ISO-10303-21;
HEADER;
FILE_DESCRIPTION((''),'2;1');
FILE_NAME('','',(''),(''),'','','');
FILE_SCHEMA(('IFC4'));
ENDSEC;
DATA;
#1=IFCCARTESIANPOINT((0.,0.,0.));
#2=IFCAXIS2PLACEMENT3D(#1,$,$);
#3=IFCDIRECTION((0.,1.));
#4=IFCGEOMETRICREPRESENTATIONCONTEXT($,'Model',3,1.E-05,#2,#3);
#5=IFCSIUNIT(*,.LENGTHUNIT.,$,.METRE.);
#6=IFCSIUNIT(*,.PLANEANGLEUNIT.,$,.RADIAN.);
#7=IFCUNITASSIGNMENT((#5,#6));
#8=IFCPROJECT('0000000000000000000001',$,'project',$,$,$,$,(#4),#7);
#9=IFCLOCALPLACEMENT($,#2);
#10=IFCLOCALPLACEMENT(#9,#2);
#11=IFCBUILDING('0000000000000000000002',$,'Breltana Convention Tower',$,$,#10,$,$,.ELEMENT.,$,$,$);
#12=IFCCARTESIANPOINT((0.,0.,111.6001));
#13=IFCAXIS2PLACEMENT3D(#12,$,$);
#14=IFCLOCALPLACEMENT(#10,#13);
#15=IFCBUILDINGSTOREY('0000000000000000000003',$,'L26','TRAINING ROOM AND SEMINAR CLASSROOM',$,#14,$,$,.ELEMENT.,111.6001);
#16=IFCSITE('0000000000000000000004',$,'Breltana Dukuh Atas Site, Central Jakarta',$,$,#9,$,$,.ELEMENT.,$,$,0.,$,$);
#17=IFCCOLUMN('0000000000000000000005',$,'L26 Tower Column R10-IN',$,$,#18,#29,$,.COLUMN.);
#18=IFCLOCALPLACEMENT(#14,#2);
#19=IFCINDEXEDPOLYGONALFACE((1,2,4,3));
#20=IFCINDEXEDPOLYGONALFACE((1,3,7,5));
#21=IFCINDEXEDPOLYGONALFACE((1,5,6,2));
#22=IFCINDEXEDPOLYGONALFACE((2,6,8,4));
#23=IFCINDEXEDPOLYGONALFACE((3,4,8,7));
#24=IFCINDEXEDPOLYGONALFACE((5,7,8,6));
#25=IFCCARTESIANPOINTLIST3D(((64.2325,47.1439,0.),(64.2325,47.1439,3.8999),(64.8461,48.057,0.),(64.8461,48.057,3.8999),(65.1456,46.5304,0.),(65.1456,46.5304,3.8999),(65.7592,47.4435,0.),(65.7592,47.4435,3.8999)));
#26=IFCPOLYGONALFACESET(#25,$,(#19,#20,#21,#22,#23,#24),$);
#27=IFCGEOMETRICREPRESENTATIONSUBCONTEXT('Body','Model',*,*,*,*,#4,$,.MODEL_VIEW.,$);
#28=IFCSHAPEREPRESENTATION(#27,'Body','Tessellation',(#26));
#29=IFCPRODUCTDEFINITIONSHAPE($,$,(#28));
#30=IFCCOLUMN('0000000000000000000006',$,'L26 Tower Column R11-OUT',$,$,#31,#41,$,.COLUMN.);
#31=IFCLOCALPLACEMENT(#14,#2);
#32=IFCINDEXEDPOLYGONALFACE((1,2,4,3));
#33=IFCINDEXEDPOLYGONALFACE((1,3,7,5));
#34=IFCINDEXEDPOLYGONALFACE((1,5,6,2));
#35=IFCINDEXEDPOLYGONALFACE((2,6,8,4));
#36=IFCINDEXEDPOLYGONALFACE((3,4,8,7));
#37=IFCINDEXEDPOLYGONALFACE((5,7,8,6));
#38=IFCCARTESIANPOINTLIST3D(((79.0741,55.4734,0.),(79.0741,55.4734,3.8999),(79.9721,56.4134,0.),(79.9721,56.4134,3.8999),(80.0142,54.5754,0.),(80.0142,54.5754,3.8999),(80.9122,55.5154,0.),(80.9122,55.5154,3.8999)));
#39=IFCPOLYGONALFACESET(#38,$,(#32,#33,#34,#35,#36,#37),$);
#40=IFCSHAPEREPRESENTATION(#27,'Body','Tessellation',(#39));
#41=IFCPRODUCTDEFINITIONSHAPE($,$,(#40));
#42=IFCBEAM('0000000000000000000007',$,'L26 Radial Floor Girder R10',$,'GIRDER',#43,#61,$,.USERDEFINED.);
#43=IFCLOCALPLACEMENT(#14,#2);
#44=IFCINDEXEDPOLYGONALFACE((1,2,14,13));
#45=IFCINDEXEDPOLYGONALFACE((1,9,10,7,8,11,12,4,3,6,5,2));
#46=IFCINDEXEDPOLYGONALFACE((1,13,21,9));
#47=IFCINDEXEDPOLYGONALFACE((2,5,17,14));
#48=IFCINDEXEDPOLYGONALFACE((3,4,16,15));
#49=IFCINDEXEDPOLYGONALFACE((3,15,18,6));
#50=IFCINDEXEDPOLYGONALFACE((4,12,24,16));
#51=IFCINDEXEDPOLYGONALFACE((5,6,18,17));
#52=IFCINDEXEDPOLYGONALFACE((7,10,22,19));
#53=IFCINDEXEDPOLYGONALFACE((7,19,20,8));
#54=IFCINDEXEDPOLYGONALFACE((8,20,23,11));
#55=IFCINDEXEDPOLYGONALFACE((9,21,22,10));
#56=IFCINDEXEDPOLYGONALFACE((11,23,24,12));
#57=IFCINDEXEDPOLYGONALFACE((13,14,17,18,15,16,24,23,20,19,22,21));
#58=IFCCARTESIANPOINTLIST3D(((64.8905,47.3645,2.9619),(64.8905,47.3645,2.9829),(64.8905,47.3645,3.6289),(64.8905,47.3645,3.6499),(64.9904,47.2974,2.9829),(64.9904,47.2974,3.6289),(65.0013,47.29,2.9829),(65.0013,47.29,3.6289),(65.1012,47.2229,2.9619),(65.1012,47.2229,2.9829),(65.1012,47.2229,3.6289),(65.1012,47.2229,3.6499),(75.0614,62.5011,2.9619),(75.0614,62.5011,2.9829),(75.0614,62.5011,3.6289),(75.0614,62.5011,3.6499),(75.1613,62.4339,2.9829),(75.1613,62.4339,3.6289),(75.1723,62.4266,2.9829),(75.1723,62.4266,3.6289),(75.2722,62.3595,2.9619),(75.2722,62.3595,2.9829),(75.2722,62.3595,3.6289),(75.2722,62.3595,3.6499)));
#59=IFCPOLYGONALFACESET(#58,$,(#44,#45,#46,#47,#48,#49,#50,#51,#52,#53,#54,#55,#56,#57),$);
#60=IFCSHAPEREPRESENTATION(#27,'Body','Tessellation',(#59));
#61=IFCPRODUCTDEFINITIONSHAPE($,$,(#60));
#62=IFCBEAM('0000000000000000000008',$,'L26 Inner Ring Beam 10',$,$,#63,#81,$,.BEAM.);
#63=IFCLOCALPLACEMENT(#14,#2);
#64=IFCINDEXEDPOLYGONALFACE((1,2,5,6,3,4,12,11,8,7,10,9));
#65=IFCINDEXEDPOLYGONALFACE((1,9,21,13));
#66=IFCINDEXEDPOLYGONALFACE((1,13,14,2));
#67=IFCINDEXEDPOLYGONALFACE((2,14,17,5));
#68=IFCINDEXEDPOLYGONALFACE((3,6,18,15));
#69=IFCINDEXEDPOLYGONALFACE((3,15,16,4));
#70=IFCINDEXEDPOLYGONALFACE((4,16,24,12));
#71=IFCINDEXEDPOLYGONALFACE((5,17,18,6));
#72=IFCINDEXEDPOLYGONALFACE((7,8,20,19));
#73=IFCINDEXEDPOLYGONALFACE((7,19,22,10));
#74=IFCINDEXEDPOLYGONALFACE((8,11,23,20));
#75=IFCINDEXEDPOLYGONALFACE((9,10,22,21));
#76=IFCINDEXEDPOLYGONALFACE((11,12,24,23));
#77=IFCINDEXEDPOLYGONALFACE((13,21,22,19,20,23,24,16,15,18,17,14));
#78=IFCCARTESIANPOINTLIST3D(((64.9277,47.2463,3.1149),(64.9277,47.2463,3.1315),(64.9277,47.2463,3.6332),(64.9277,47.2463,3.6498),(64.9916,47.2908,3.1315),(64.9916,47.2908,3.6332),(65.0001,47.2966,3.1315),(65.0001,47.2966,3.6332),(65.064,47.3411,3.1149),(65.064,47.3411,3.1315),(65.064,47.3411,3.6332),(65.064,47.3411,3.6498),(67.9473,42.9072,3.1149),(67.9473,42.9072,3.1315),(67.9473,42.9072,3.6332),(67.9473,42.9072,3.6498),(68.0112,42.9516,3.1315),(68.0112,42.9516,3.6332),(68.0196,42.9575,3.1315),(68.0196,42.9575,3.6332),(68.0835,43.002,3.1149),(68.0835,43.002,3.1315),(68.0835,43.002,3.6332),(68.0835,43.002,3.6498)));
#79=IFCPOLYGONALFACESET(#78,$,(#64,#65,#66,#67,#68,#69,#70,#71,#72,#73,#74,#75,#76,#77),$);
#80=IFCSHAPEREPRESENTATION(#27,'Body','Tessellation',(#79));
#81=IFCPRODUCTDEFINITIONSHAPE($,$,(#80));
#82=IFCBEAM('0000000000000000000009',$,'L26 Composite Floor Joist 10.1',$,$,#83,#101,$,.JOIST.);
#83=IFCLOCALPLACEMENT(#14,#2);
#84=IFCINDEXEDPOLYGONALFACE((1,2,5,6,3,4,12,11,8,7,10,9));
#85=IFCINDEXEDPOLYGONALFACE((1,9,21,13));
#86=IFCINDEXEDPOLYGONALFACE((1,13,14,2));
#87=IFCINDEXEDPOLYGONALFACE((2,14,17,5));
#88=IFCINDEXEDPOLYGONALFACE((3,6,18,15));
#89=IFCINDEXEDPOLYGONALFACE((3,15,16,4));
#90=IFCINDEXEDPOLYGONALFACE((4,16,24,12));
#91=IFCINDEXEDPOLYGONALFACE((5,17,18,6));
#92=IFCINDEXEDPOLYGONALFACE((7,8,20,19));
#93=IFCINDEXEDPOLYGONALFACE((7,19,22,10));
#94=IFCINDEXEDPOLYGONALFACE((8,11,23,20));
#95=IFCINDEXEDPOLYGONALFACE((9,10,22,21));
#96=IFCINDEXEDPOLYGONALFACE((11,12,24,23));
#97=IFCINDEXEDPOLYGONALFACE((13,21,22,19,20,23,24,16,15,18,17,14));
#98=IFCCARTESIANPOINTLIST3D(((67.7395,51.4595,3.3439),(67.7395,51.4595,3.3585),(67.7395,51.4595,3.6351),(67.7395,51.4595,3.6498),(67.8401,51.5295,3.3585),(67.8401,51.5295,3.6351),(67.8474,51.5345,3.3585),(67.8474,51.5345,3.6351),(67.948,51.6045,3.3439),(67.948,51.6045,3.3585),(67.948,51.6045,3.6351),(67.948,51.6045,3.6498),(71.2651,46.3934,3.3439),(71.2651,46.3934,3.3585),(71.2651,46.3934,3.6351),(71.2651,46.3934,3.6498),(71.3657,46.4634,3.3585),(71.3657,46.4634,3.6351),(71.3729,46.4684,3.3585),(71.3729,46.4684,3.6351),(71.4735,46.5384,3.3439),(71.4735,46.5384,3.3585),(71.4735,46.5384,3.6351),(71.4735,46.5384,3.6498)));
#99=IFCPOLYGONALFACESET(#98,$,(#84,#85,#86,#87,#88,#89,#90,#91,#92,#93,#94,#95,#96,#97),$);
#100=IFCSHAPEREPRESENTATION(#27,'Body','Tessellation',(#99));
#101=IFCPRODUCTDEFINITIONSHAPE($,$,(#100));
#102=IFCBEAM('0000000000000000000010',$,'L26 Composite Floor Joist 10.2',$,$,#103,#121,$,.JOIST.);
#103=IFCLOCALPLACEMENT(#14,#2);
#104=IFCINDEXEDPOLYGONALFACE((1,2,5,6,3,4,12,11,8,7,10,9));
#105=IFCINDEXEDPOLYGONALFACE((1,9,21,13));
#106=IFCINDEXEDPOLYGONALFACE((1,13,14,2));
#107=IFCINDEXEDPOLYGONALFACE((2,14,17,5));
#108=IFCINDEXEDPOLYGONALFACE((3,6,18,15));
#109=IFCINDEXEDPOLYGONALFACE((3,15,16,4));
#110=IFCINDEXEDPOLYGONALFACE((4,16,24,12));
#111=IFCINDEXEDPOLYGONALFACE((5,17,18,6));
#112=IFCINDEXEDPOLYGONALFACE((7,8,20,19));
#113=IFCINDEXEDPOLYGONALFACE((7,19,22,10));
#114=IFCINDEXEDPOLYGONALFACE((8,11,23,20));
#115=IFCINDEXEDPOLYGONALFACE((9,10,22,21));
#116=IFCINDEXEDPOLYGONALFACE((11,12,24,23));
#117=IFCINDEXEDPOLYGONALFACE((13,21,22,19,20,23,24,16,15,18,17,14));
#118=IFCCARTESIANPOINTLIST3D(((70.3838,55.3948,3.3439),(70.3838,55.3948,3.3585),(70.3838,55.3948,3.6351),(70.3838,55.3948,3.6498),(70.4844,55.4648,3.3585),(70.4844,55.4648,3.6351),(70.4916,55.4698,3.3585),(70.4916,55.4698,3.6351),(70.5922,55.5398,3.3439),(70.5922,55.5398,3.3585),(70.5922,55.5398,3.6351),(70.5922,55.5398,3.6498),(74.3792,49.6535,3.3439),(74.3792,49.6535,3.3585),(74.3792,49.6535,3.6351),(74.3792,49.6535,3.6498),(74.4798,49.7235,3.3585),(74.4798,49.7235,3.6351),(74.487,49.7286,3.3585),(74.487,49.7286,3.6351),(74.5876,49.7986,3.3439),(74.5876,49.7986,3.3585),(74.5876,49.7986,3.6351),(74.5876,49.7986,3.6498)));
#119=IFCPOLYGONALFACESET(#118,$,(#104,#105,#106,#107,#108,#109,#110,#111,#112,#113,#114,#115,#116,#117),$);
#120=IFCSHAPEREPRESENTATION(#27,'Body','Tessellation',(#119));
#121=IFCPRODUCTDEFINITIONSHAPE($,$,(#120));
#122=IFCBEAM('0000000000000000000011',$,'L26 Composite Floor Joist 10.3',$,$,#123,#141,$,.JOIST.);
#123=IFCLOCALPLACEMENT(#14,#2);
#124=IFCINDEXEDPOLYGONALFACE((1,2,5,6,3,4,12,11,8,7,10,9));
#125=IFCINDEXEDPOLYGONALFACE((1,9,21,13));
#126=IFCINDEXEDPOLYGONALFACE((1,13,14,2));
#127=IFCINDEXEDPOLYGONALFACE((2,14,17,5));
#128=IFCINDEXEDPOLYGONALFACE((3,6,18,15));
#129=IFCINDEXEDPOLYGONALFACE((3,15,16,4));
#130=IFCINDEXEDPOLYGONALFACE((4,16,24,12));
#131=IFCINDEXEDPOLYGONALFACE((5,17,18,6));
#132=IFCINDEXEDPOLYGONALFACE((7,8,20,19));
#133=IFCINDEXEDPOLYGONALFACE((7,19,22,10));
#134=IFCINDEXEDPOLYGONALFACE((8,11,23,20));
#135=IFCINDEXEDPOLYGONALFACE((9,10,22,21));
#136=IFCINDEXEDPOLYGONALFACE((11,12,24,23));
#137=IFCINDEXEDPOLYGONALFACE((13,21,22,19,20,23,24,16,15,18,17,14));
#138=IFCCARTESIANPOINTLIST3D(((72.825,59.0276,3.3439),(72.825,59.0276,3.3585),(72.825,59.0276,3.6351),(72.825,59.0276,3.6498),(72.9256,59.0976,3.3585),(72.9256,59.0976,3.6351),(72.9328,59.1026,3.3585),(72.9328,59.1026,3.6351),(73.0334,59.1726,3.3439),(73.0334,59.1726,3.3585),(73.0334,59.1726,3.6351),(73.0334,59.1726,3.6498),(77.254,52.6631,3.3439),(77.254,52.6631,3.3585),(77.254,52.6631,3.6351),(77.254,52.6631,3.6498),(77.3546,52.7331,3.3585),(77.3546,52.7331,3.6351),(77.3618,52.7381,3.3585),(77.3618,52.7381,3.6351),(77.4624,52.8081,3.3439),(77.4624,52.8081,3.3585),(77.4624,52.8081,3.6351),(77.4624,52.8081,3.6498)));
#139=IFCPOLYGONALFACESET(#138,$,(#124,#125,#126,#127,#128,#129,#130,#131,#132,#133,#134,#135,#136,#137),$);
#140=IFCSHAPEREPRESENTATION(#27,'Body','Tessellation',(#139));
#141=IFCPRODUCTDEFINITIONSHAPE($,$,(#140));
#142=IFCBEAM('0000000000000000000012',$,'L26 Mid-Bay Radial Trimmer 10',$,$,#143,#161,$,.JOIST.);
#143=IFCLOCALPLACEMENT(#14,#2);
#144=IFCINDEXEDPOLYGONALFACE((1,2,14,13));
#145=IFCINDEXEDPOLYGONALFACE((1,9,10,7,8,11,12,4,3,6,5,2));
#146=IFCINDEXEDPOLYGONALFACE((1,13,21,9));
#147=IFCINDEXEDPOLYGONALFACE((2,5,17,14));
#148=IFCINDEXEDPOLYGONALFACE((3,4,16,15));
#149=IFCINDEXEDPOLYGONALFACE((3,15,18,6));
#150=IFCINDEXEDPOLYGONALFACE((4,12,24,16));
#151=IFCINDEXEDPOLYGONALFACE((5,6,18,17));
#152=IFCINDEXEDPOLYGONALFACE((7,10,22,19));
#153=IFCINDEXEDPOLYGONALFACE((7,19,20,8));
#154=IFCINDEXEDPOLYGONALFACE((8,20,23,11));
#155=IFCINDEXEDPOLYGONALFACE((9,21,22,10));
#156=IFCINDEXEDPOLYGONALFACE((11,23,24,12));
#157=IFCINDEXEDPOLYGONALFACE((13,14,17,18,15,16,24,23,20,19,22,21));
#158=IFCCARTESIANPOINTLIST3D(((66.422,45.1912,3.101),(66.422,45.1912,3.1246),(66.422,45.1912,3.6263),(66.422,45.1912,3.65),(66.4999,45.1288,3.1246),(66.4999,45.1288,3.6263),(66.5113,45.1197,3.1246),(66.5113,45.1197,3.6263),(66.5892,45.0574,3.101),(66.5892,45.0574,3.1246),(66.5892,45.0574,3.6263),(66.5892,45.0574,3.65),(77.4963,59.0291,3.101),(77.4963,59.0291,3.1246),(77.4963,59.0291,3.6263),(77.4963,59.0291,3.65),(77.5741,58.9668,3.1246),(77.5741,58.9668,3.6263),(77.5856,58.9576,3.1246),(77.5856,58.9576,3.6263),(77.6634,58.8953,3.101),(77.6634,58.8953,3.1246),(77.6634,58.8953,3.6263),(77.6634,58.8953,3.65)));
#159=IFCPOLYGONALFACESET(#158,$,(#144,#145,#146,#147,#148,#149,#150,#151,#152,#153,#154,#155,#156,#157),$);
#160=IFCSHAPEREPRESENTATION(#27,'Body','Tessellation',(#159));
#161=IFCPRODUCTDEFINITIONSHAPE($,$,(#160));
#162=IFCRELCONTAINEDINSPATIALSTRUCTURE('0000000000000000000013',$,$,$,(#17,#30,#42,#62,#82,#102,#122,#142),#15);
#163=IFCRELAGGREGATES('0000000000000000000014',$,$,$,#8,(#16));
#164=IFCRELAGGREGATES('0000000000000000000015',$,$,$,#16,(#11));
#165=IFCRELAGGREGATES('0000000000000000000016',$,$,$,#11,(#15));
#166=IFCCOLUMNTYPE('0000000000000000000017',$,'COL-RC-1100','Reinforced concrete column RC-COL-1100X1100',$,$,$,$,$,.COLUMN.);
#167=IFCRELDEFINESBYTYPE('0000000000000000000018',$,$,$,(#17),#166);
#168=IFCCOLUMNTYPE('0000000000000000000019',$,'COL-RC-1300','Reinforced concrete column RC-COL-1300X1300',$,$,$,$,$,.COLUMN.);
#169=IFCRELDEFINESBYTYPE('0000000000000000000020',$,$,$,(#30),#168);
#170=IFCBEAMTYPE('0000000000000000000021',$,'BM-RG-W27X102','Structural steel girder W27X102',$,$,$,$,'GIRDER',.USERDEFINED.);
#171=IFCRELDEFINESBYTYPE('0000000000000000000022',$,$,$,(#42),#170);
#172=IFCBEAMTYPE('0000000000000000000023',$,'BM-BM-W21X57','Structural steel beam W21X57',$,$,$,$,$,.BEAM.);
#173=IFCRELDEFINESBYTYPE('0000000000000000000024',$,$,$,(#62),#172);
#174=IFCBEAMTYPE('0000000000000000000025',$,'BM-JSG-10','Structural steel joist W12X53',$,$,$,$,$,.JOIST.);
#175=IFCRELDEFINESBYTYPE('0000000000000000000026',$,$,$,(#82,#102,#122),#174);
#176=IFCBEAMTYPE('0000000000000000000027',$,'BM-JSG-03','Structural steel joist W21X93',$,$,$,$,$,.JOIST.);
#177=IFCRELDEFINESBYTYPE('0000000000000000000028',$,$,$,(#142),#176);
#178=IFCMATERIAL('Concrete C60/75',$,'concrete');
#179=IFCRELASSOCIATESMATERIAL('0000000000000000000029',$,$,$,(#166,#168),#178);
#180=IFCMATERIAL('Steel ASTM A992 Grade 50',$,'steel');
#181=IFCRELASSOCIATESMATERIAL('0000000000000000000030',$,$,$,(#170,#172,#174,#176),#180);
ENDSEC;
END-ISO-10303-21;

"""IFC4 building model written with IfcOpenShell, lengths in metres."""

from ifc_helpers import new_model, si_unit, direction, frame, origin, origin_2d, place, context, subcontext, project, spatial, rectangle, i_section, extrude, source, transform, mapped, material, material_profile, profile_set, type_object, element, save


model = new_model("IFC4")

# Units and contexts
model_context = context("Model", 3, precision=1e-05, world=origin(), true_north=direction((0.0, 1.0)))
body_context = subcontext(model_context, "Body", "Model", "MODEL_VIEW")
ifc_project = project(units=[si_unit("LENGTHUNIT", "METRE"), si_unit("PLANEANGLEUNIT", "RADIAN")], contexts=[model_context])

# Site, building, storey
site_placement = place(None, origin())
site = spatial("IfcSite", under=ifc_project, at=site_placement, Name="Breltana Dukuh Atas Site, Central Jakarta", CompositionType="ELEMENT", RefElevation=0.0)
building_placement = place(site_placement, origin())
building = spatial("IfcBuilding", under=site, at=building_placement, Name="Breltana Convention Tower", CompositionType="ELEMENT")
storey_placement = place(building_placement, frame((0.0, 0.0, 111.6001)))
storey = spatial("IfcBuildingStorey", under=building, at=storey_placement, Name="L26", Description="TRAINING ROOM AND SEMINAR CLASSROOM", CompositionType="ELEMENT", Elevation=111.6001)

# Columns
ifc_material_1 = material(Name="Concrete C60/75", Category="concrete")
ifc_material_profile_1 = material_profile(ifc_material_1, rectangle(XDim=1.1001, YDim=1.1001, at=origin_2d()), Name="RC-COL-1100X1100")
ifc_profile_set_1 = profile_set([ifc_material_profile_1], Name="Concrete C60/75")
column_type_1 = type_object("IfcColumnType", Name="COL-RC-1100", Description="Reinforced concrete column RC-COL-1100X1100", PredefinedType="COLUMN", material=ifc_profile_set_1)
shared_shape_1 = source(origin(), body_context, "Body", "SweptSolid", [
    extrude(rectangle(XDim=1.1001, YDim=1.1001, at=origin_2d()), origin(), (0.0, 0.0, 1.0), 3.8999),
])
column_1_placement = place(storey_placement, frame((64.9958, 47.2937, 0.0), z_axis=(0.0, 0.0, 1.0), x_axis=(0.557745, 0.830012, 0.0)))
element("IfcColumn", 1, at=column_1_placement, inside=storey, type_object=column_type_1, Name="L26 Tower Column R10-IN", PredefinedType="COLUMN", context=body_context, shape_type="MappedRepresentation", body=[
    mapped(shared_shape_1, transform((0.0, 0.0, 0.0), scale=1.0)),
])
ifc_material_profile_2 = material_profile(ifc_material_1, rectangle(XDim=1.3, YDim=1.3, at=origin_2d()), Name="RC-COL-1300X1300")
ifc_profile_set_2 = profile_set([ifc_material_profile_2], Name="Concrete C60/75")
column_type_2 = type_object("IfcColumnType", Name="COL-RC-1300", Description="Reinforced concrete column RC-COL-1300X1300", PredefinedType="COLUMN", material=ifc_profile_set_2)
shared_shape_2 = source(origin(), body_context, "Body", "SweptSolid", [
    extrude(rectangle(XDim=1.3, YDim=1.3, at=origin_2d()), origin(), (0.0, 0.0, 1.0), 3.8999),
])
column_2_placement = place(storey_placement, frame((79.9932, 55.4944, 0.0), z_axis=(0.0, 0.0, 1.0), x_axis=(0.690756, 0.723088, 0.0)))
element("IfcColumn", 2, at=column_2_placement, inside=storey, type_object=column_type_2, Name="L26 Tower Column R11-OUT", PredefinedType="COLUMN", context=body_context, shape_type="MappedRepresentation", body=[
    mapped(shared_shape_2, transform((0.0, 0.0, 0.0), scale=1.0)),
])

# Beams
ifc_material_2 = material(Name="Steel ASTM A992 Grade 50", Category="steel")
ifc_material_profile_3 = material_profile(ifc_material_2, i_section(OverallWidth=0.2539, OverallDepth=0.688, WebThickness=0.0132, FlangeThickness=0.021, at=origin_2d()), Name="W27X102")
ifc_profile_set_3 = profile_set([ifc_material_profile_3], Name="Steel ASTM A992 Grade 50")
beam_type_1 = type_object("IfcBeamType", Name="BM-RG-W27X102", Description="Structural steel girder W27X102", ElementType="GIRDER", PredefinedType="USERDEFINED", material=ifc_profile_set_3)
shared_shape_3 = source(origin(), body_context, "Body", "SweptSolid", [
    extrude(i_section(OverallWidth=0.2539, OverallDepth=0.688, WebThickness=0.0132, FlangeThickness=0.021, at=origin_2d()), origin(), (0.0, 0.0, 1.0), 18.2363),
])
beam_1_placement = place(storey_placement, frame((64.9958, 47.2937, 3.3059), z_axis=(0.55773, 0.830022, 0.0), x_axis=(-0.830022, 0.55773, 0.0)))
element("IfcBeam", 3, at=beam_1_placement, inside=storey, type_object=beam_type_1, Name="L26 Radial Floor Girder R10", ObjectType="GIRDER", PredefinedType="USERDEFINED", context=body_context, shape_type="MappedRepresentation", body=[
    mapped(shared_shape_3, transform((0.0, 0.0, 0.0), scale=1.0)),
])
ifc_material_profile_4 = material_profile(ifc_material_2, i_section(OverallWidth=0.166, OverallDepth=0.5349, WebThickness=0.0103, FlangeThickness=0.0166, at=origin_2d()), Name="W21X57")
ifc_profile_set_4 = profile_set([ifc_material_profile_4], Name="Steel ASTM A992 Grade 50")
beam_type_2 = type_object("IfcBeamType", Name="BM-BM-W21X57", Description="Structural steel beam W21X57", PredefinedType="BEAM", material=ifc_profile_set_4)
shared_shape_4 = source(origin(), body_context, "Body", "SweptSolid", [
    extrude(i_section(OverallWidth=0.166, OverallDepth=0.5349, WebThickness=0.0103, FlangeThickness=0.0166, at=origin_2d()), origin(), (0.0, 0.0, 1.0), 5.2864),
])
beam_2_placement = place(storey_placement, frame((64.9958, 47.2937, 3.3823), z_axis=(0.571194, -0.820815, 0.0), x_axis=(0.820815, 0.571194, 0.0)))
element("IfcBeam", 4, at=beam_2_placement, inside=storey, type_object=beam_type_2, Name="L26 Inner Ring Beam 10", PredefinedType="BEAM", context=body_context, shape_type="MappedRepresentation", body=[
    mapped(shared_shape_4, transform((0.0, 0.0, 0.0), scale=1.0)),
])
ifc_material_profile_5 = material_profile(ifc_material_2, i_section(OverallWidth=0.2539, OverallDepth=0.3059, WebThickness=0.0088, FlangeThickness=0.0146, at=origin_2d()), Name="W12X53")
ifc_profile_set_5 = profile_set([ifc_material_profile_5], Name="Steel ASTM A992 Grade 50")
beam_type_3 = type_object("IfcBeamType", Name="BM-JSG-10", Description="Structural steel joist W12X53", PredefinedType="JOIST", material=ifc_profile_set_5)
shared_shape_5 = source(origin(), body_context, "Body", "SweptSolid", [
    extrude(i_section(OverallWidth=0.2539, OverallDepth=0.3059, WebThickness=0.0088, FlangeThickness=0.0146, at=origin_2d()), origin(), (0.0, 0.0, 1.0), 6.1721),
])
beam_3_placement = place(storey_placement, frame((67.8438, 51.532, 3.4968), z_axis=(0.571212, -0.820803, 0.0), x_axis=(0.820803, 0.571212, 0.0)))
element("IfcBeam", 5, at=beam_3_placement, inside=storey, type_object=beam_type_3, Name="L26 Composite Floor Joist 10.1", PredefinedType="JOIST", context=body_context, shape_type="MappedRepresentation", body=[
    mapped(shared_shape_5, transform((0.0, 0.0, 0.0), scale=1.0)),
])
shared_shape_6 = source(origin(), body_context, "Body", "SweptSolid", [
    extrude(i_section(OverallWidth=0.2539, OverallDepth=0.3059, WebThickness=0.0088, FlangeThickness=0.0146, at=origin_2d()), origin(), (0.0, 0.0, 1.0), 6.9946),
])
beam_4_placement = place(storey_placement, frame((70.488, 55.4673, 3.4968), z_axis=(0.571207, -0.820806, 0.0), x_axis=(0.820806, 0.571207, 0.0)))
element("IfcBeam", 6, at=beam_4_placement, inside=storey, type_object=beam_type_3, Name="L26 Composite Floor Joist 10.2", PredefinedType="JOIST", context=body_context, shape_type="MappedRepresentation", body=[
    mapped(shared_shape_6, transform((0.0, 0.0, 0.0), scale=1.0)),
])
shared_shape_7 = source(origin(), body_context, "Body", "SweptSolid", [
    extrude(i_section(OverallWidth=0.2539, OverallDepth=0.3059, WebThickness=0.0088, FlangeThickness=0.0146, at=origin_2d()), origin(), (0.0, 0.0, 1.0), 7.7539),
])
beam_5_placement = place(storey_placement, frame((72.9292, 59.1001, 3.4968), z_axis=(0.571193, -0.820816, 0.0), x_axis=(0.820816, 0.571193, 0.0)))
element("IfcBeam", 7, at=beam_5_placement, inside=storey, type_object=beam_type_3, Name="L26 Composite Floor Joist 10.3", PredefinedType="JOIST", context=body_context, shape_type="MappedRepresentation", body=[
    mapped(shared_shape_7, transform((0.0, 0.0, 0.0), scale=1.0)),
])
ifc_material_profile_6 = material_profile(ifc_material_2, i_section(OverallWidth=0.2141, OverallDepth=0.5491, WebThickness=0.0146, FlangeThickness=0.0237, at=origin_2d()), Name="W21X93")
ifc_profile_set_6 = profile_set([ifc_material_profile_6], Name="Steel ASTM A992 Grade 50")
beam_type_4 = type_object("IfcBeamType", Name="BM-JSG-03", Description="Structural steel joist W21X93", PredefinedType="JOIST", material=ifc_profile_set_6)
shared_shape_8 = source(origin(), body_context, "Body", "SweptSolid", [
    extrude(i_section(OverallWidth=0.2141, OverallDepth=0.5491, WebThickness=0.0146, FlangeThickness=0.0237, at=origin_2d()), origin(), (0.0, 0.0, 1.0), 17.7236),
])
beam_6_placement = place(storey_placement, frame((66.5056, 45.1243, 3.3755), z_axis=(0.624829, 0.780761, 0.0), x_axis=(-0.780761, 0.624829, 0.0)))
element("IfcBeam", 8, at=beam_6_placement, inside=storey, type_object=beam_type_4, Name="L26 Mid-Bay Radial Trimmer 10", PredefinedType="JOIST", context=body_context, shape_type="MappedRepresentation", body=[
    mapped(shared_shape_8, transform((0.0, 0.0, 0.0), scale=1.0)),
])

save(model, "model.ifc")
